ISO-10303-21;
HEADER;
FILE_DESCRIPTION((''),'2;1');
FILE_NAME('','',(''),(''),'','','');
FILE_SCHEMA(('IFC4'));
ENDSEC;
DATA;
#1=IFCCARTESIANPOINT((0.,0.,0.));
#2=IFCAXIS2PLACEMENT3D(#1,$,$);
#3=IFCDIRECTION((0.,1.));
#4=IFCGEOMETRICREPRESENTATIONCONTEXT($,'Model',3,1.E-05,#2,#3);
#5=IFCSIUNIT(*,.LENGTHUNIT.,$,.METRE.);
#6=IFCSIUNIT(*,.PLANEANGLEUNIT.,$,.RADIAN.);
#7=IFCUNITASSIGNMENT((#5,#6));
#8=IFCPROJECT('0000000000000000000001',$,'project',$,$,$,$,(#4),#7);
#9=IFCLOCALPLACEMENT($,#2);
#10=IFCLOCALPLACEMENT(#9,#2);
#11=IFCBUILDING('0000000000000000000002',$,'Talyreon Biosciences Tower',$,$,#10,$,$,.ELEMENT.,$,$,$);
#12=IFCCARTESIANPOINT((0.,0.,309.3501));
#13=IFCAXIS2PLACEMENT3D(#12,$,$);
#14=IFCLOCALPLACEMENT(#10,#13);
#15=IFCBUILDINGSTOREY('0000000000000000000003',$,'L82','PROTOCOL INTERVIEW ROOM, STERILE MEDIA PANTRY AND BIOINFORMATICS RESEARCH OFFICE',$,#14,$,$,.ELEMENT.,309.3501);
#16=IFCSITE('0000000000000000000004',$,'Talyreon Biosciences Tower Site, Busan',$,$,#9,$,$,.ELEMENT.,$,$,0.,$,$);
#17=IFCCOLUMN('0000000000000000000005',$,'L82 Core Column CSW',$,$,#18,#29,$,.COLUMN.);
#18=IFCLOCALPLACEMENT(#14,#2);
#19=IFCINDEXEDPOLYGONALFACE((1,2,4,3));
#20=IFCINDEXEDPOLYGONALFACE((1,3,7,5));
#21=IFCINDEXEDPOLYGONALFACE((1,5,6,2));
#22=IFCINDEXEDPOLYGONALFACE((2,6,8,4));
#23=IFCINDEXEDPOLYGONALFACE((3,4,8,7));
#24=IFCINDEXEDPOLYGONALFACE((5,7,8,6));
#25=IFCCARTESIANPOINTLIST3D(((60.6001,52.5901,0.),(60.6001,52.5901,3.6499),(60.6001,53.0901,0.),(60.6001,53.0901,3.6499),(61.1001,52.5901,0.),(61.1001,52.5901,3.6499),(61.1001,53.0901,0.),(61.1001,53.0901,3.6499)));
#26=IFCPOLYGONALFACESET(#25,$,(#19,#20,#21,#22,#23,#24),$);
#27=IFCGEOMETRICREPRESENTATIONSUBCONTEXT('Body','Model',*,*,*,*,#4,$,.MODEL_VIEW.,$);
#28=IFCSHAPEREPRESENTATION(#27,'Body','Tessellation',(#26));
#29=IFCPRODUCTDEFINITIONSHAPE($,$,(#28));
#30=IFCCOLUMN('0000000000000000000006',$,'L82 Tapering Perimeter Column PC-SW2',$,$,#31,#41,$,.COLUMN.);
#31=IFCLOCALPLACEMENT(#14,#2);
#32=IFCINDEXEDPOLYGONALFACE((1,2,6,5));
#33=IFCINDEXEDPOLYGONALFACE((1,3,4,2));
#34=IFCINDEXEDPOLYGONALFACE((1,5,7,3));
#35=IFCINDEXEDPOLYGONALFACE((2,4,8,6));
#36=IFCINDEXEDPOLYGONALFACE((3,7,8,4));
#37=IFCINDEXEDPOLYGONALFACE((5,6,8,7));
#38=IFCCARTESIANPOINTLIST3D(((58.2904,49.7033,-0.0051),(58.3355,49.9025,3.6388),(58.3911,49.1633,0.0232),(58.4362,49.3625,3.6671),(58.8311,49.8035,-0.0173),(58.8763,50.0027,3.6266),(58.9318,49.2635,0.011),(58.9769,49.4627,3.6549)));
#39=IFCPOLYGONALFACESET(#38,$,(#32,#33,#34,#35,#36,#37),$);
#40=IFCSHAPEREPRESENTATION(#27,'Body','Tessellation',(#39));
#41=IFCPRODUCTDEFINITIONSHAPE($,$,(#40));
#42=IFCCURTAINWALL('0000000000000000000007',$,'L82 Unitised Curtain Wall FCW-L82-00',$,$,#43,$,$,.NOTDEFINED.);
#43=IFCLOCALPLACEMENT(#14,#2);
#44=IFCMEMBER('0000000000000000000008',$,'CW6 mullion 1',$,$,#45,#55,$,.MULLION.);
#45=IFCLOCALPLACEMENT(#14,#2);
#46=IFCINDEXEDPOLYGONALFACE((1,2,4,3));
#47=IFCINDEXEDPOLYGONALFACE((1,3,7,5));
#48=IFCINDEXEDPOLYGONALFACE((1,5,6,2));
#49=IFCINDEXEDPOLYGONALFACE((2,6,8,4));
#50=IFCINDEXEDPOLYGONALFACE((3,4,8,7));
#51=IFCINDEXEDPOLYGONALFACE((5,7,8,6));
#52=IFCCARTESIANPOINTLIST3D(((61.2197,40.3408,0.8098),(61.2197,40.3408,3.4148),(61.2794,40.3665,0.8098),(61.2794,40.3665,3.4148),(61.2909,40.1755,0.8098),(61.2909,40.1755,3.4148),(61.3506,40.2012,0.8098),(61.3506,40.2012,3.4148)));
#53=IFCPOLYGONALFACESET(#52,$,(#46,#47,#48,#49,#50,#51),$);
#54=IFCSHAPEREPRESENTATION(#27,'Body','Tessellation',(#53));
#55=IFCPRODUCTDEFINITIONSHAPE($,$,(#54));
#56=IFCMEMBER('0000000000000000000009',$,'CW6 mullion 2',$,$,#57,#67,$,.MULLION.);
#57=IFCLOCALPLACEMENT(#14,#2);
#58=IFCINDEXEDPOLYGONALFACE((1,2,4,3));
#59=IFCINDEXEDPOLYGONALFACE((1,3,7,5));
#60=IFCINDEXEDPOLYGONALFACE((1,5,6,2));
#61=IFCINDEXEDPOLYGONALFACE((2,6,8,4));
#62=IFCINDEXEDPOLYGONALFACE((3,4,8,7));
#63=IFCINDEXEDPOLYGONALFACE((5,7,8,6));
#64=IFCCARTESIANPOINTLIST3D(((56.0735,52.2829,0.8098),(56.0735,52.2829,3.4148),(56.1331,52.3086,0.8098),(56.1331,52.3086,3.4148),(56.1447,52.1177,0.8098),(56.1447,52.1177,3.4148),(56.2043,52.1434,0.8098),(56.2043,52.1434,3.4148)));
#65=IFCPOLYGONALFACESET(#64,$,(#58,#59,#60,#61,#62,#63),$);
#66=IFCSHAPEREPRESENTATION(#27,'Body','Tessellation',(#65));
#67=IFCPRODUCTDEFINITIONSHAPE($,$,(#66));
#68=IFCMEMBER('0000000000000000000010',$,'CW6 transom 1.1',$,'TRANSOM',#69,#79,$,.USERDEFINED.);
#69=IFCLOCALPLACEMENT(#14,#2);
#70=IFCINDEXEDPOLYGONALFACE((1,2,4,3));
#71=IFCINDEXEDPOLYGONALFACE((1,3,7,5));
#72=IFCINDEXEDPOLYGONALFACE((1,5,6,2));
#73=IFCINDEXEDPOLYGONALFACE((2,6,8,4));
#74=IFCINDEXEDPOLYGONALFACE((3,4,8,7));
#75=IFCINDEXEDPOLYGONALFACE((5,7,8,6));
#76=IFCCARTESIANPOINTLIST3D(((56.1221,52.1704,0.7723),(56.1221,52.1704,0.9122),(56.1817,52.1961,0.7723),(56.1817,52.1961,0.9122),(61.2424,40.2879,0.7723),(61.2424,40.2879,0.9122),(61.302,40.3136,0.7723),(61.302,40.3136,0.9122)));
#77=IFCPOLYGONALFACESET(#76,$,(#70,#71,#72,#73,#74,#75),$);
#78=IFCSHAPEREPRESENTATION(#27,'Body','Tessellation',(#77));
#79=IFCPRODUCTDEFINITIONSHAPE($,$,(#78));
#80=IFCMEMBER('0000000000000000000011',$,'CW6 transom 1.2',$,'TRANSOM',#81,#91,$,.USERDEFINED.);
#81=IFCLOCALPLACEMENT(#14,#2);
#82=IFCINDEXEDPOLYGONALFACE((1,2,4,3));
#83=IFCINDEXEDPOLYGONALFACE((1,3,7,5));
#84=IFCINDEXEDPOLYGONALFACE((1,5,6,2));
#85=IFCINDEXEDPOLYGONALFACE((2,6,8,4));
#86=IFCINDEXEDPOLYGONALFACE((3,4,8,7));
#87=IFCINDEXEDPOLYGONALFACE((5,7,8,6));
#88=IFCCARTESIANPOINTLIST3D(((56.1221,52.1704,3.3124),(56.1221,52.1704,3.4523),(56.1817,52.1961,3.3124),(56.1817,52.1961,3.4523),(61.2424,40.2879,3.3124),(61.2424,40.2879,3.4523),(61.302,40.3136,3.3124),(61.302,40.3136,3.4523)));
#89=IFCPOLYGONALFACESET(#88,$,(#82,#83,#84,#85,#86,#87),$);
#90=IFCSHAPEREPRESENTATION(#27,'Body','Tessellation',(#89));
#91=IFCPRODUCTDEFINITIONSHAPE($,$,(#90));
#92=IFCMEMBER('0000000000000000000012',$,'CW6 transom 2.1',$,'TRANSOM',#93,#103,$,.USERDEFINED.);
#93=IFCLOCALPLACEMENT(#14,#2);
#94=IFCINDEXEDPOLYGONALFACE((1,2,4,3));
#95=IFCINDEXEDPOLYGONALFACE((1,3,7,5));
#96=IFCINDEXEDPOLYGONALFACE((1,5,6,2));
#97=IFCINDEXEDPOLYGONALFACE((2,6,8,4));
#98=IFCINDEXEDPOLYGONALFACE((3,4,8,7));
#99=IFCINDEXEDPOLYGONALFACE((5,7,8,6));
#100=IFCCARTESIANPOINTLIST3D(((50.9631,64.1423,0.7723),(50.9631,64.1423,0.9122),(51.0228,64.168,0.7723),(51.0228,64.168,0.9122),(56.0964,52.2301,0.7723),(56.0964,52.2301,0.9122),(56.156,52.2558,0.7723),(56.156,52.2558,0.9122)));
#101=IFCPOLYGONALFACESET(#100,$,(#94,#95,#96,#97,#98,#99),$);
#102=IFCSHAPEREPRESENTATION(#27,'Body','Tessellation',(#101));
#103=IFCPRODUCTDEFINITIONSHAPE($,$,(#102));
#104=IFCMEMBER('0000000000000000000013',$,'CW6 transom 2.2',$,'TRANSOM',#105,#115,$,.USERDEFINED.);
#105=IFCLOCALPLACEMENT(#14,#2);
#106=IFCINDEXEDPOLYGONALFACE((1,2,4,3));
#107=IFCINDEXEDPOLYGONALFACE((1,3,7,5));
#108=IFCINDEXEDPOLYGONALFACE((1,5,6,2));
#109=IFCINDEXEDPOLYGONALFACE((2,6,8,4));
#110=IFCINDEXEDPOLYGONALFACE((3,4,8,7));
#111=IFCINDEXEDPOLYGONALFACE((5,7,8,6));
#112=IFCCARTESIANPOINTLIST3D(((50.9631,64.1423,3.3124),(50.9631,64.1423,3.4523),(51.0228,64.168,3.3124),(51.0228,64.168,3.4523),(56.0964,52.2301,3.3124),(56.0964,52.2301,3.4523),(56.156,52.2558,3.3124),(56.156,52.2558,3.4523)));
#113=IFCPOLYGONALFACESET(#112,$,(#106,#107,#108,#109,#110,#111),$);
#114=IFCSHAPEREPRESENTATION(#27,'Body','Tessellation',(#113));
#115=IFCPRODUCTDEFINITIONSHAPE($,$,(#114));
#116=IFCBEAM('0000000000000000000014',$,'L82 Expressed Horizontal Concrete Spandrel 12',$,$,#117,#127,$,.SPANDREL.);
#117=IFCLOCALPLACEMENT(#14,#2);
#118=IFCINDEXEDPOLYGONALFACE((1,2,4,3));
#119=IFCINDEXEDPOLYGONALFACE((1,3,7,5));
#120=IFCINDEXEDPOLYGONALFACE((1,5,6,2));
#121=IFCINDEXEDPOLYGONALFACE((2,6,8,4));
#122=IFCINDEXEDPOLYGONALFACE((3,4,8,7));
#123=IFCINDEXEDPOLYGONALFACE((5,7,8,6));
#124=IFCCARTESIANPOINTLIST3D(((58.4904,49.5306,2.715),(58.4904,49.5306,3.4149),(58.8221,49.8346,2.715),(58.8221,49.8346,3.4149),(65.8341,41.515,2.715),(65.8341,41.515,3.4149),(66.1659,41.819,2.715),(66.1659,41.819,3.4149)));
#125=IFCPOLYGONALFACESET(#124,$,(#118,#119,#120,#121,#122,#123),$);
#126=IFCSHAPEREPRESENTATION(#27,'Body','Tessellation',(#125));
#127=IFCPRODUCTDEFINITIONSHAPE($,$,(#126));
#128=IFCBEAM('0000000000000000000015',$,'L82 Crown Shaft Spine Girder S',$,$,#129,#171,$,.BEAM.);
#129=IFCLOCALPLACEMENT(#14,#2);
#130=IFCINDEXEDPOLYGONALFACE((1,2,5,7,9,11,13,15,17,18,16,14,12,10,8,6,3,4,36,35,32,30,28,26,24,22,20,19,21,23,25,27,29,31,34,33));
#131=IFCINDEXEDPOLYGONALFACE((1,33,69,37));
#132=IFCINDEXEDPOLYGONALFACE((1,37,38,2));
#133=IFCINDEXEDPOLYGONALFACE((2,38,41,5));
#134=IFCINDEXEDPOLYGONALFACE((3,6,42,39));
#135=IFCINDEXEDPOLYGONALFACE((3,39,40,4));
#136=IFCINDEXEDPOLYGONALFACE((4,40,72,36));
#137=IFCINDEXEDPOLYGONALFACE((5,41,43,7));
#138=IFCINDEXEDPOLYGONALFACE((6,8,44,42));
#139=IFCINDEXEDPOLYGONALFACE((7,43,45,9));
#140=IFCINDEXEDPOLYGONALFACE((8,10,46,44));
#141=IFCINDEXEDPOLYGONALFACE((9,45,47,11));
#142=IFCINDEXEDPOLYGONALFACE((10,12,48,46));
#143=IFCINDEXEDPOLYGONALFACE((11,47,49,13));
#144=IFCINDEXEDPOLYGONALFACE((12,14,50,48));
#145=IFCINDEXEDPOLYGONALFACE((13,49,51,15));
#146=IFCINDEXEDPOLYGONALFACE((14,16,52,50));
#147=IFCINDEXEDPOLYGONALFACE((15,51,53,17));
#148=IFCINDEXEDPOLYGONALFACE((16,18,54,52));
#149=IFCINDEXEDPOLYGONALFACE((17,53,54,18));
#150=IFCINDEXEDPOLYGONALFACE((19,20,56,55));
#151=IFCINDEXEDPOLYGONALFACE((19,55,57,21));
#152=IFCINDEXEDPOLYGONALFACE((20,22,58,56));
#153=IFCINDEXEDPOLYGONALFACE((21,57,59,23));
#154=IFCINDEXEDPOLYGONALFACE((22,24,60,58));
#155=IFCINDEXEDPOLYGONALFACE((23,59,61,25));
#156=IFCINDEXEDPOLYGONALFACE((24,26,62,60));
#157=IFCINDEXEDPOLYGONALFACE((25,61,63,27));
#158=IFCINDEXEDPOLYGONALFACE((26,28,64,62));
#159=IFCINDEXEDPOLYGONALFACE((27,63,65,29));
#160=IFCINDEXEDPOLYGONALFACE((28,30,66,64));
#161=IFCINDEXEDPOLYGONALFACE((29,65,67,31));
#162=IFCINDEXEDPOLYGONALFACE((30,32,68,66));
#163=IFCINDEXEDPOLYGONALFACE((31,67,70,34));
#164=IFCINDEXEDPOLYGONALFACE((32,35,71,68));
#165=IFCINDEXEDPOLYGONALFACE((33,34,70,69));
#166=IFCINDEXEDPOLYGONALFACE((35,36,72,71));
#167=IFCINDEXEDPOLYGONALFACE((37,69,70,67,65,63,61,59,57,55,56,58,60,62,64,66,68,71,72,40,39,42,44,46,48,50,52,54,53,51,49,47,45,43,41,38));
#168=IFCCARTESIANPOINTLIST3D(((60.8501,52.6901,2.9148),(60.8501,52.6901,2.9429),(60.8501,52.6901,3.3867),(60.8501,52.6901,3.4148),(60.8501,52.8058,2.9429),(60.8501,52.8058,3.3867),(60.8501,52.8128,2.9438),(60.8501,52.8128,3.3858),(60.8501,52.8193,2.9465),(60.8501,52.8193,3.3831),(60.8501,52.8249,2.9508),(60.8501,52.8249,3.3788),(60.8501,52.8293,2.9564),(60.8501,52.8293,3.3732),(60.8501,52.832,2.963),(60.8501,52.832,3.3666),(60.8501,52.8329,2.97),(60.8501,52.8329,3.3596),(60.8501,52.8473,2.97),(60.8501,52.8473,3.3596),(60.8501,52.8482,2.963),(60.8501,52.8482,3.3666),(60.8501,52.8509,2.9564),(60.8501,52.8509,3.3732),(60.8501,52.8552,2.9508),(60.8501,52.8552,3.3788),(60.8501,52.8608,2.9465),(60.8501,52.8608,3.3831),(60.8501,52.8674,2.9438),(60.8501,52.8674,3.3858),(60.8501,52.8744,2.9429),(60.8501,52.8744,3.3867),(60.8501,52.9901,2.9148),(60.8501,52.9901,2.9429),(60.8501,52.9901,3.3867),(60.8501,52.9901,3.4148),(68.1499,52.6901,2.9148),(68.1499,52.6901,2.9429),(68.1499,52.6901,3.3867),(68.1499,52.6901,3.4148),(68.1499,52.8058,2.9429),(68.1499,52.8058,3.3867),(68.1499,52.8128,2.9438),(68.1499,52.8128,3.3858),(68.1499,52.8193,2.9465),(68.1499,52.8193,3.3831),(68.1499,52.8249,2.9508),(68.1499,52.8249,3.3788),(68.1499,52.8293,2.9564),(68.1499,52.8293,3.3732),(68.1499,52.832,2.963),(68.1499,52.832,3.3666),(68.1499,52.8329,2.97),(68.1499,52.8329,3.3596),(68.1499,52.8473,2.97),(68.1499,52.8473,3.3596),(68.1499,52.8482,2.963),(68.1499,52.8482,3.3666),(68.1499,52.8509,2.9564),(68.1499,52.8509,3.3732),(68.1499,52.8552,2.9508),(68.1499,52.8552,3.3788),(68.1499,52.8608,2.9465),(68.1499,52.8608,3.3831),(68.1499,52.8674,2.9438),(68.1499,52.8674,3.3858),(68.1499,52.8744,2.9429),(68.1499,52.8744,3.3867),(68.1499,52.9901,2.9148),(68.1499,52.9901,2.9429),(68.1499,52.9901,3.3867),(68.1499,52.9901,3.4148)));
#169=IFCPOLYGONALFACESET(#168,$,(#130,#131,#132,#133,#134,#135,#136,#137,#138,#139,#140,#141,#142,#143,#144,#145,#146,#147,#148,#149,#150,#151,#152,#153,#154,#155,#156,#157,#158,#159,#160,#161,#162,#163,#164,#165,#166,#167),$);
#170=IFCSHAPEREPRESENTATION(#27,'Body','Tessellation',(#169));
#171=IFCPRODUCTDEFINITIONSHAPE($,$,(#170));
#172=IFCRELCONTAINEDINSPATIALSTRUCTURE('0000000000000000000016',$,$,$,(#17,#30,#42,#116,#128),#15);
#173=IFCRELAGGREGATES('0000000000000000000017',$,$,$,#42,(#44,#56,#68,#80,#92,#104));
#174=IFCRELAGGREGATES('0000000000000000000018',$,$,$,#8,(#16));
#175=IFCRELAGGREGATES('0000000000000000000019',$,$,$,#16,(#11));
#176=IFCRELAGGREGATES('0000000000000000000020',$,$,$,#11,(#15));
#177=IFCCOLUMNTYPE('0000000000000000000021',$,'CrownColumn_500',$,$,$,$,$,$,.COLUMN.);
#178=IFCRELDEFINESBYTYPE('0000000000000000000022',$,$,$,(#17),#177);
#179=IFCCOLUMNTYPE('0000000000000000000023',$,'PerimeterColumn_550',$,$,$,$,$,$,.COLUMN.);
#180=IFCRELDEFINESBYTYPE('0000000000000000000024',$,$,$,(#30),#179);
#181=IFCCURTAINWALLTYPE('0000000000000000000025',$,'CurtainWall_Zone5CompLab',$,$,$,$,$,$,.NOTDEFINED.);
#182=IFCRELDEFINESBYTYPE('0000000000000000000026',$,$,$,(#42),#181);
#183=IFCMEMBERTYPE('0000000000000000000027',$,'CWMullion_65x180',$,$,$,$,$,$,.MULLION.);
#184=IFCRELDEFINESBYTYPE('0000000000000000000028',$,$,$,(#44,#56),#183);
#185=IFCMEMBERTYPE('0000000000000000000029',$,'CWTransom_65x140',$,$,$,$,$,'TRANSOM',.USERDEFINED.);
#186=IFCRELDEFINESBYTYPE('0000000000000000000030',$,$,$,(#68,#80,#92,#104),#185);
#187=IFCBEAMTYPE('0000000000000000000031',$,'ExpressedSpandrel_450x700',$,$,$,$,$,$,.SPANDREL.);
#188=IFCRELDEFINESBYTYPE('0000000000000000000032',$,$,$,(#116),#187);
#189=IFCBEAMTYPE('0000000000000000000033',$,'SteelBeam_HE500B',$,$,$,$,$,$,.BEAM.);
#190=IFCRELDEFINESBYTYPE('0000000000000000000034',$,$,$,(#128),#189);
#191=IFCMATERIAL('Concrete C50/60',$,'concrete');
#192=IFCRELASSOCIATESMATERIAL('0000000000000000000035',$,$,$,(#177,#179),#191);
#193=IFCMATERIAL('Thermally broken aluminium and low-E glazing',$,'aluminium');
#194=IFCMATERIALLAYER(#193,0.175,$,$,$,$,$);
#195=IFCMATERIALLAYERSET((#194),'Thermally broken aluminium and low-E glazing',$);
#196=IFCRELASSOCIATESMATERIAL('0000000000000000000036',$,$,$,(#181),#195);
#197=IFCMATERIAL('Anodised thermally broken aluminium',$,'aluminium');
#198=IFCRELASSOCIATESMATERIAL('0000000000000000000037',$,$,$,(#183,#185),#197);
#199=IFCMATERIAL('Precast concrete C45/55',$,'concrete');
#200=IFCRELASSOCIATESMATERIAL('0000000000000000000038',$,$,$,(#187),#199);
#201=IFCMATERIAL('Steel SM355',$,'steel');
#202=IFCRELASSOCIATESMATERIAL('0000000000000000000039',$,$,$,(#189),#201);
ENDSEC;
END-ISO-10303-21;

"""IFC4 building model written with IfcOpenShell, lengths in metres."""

from ifc_helpers import new_model, si_unit, direction, frame, origin, origin_2d, place, context, subcontext, project, spatial, rectangle, i_section, extrude, material, layer, layer_set, material_profile, profile_set, type_object, element, aggregate, save


model = new_model("IFC4")

# Units and contexts
model_context = context("Model", 3, precision=1e-05, world=origin(), true_north=direction((0.0, 1.0)))
body_context = subcontext(model_context, "Body", "Model", "MODEL_VIEW")
ifc_project = project(units=[si_unit("LENGTHUNIT", "METRE"), si_unit("PLANEANGLEUNIT", "RADIAN")], contexts=[model_context])

# Site, building, storey
site_placement = place(None, origin())
site = spatial("IfcSite", under=ifc_project, at=site_placement, Name="Talyreon Biosciences Tower Site, Busan", CompositionType="ELEMENT", RefElevation=0.0)
building_placement = place(site_placement, origin())
building = spatial("IfcBuilding", under=site, at=building_placement, Name="Talyreon Biosciences Tower", CompositionType="ELEMENT")
storey_placement = place(building_placement, frame((0.0, 0.0, 309.3501)))
storey = spatial("IfcBuildingStorey", under=building, at=storey_placement, Name="L82", Description="PROTOCOL INTERVIEW ROOM, STERILE MEDIA PANTRY AND BIOINFORMATICS RESEARCH OFFICE", CompositionType="ELEMENT", Elevation=309.3501)

# Columns
ifc_material_1 = material(Name="Concrete C50/60", Category="concrete")
ifc_material_profile_1 = material_profile(ifc_material_1, rectangle(XDim=0.5, YDim=0.5, at=origin_2d()), Name="RC 500x500")
ifc_profile_set_1 = profile_set([ifc_material_profile_1], Name="Concrete C50/60")
column_type_1 = type_object("IfcColumnType", Name="CrownColumn_500", PredefinedType="COLUMN", material=ifc_profile_set_1)
column_1_placement = place(storey_placement, frame((60.8501, 52.8401, 0.0), z_axis=(0.0, 0.0, 1.0), x_axis=(1.0, 0.0, 0.0)))
element("IfcColumn", 1, at=column_1_placement, inside=storey, type_object=column_type_1, Name="L82 Core Column CSW", PredefinedType="COLUMN", context=body_context, shape_type="SweptSolid", body=[
    extrude(rectangle(XDim=0.5, YDim=0.5, at=origin_2d()), origin(), (0.0, 0.0, 1.0), 3.6499),
])
ifc_material_profile_2 = material_profile(ifc_material_1, rectangle(XDim=0.55, YDim=0.55, at=origin_2d()), Name="RC 550x550")
ifc_profile_set_2 = profile_set([ifc_material_profile_2], Name="Concrete C50/60")
column_type_2 = type_object("IfcColumnType", Name="PerimeterColumn_550", PredefinedType="COLUMN", material=ifc_profile_set_2)
column_2_placement = place(storey_placement, frame((58.6111, 49.4834, 0.0029), z_axis=(0.012375, 0.054584, 0.998432), x_axis=(-0.183053, 0.981758, -0.051404)))
element("IfcColumn", 2, at=column_2_placement, inside=storey, type_object=column_type_2, Name="L82 Tapering Perimeter Column PC-SW2", PredefinedType="COLUMN", context=body_context, shape_type="SweptSolid", body=[
    extrude(rectangle(XDim=0.55, YDim=0.55, at=origin_2d()), origin(), (0.0, 0.0, 1.0), 3.6497),
])

# Curtain wall, members
ifc_material_2 = material(Name="Thermally broken aluminium and low-E glazing", Category="aluminium")
ifc_layer_1 = layer(ifc_material_2, 0.175)
ifc_layer_set_1 = layer_set([ifc_layer_1], Name="Thermally broken aluminium and low-E glazing")
curtain_wall_type = type_object("IfcCurtainWallType", Name="CurtainWall_Zone5CompLab", PredefinedType="NOTDEFINED", material=ifc_layer_set_1)
curtain_wall_placement = place(storey_placement, origin())
curtain_wall = element("IfcCurtainWall", 3, at=curtain_wall_placement, inside=storey, type_object=curtain_wall_type, Name="L82 Unitised Curtain Wall FCW-L82-00", PredefinedType="NOTDEFINED")
ifc_material_3 = material(Name="Anodised thermally broken aluminium", Category="aluminium")
ifc_material_profile_3 = material_profile(ifc_material_3, rectangle(XDim=0.0649, YDim=0.1799, at=origin_2d()), Name="ALUM MULLION 65x180")
ifc_profile_set_3 = profile_set([ifc_material_profile_3], Name="Anodised thermally broken aluminium")
member_type_1 = type_object("IfcMemberType", Name="CWMullion_65x180", PredefinedType="MULLION", material=ifc_profile_set_3)
member_1_placement = place(storey_placement, frame((61.2852, 40.271, 0.8098), z_axis=(0.0, 0.0, 1.0), x_axis=(-0.918363, -0.395738, 0.0)))
member_1 = element("IfcMember", 4, at=member_1_placement, type_object=member_type_1, Name="CW6 mullion 1", PredefinedType="MULLION", context=body_context, shape_type="SweptSolid", body=[
    extrude(rectangle(XDim=0.0649, YDim=0.1799, at=origin_2d()), origin(), (0.0, 0.0, 1.0), 2.605),
])
member_2_placement = place(storey_placement, frame((56.1389, 52.2131, 0.8098), z_axis=(0.0, 0.0, 1.0), x_axis=(-0.918363, -0.395738, 0.0)))
member_2 = element("IfcMember", 5, at=member_2_placement, type_object=member_type_1, Name="CW6 mullion 2", PredefinedType="MULLION", context=body_context, shape_type="SweptSolid", body=[
    extrude(rectangle(XDim=0.0649, YDim=0.1799, at=origin_2d()), origin(), (0.0, 0.0, 1.0), 2.605),
])
ifc_material_profile_4 = material_profile(ifc_material_3, rectangle(XDim=0.0649, YDim=0.1399, at=origin_2d()), Name="ALUM TRANSOM 65x140")
ifc_profile_set_4 = profile_set([ifc_material_profile_4], Name="Anodised thermally broken aluminium")
member_type_2 = type_object("IfcMemberType", Name="CWTransom_65x140", ElementType="TRANSOM", PredefinedType="USERDEFINED", material=ifc_profile_set_4)
member_3_placement = place(storey_placement, frame((61.2722, 40.3008, 0.8423), z_axis=(-0.395736, 0.918364, 0.0), x_axis=(-0.918364, -0.395736, 0.0)))
member_3 = element("IfcMember", 6, at=member_3_placement, type_object=member_type_2, Name="CW6 transom 1.1", ObjectType="TRANSOM", PredefinedType="USERDEFINED", context=body_context, shape_type="SweptSolid", body=[
    extrude(rectangle(XDim=0.0649, YDim=0.1399, at=origin_2d()), origin(), (0.0, 0.0, 1.0), 12.9387),
])
member_4_placement = place(storey_placement, frame((61.2722, 40.3008, 3.3823), z_axis=(-0.395736, 0.918364, 0.0), x_axis=(-0.918364, -0.395736, 0.0)))
member_4 = element("IfcMember", 7, at=member_4_placement, type_object=member_type_2, Name="CW6 transom 1.2", ObjectType="TRANSOM", PredefinedType="USERDEFINED", context=body_context, shape_type="SweptSolid", body=[
    extrude(rectangle(XDim=0.0649, YDim=0.1399, at=origin_2d()), origin(), (0.0, 0.0, 1.0), 12.9387),
])
member_5_placement = place(storey_placement, frame((56.1262, 52.2429, 0.8423), z_axis=(-0.395743, 0.918361, 0.0), x_axis=(-0.918361, -0.395743, 0.0)))
member_5 = element("IfcMember", 8, at=member_5_placement, type_object=member_type_2, Name="CW6 transom 2.1", ObjectType="TRANSOM", PredefinedType="USERDEFINED", context=body_context, shape_type="SweptSolid", body=[
    extrude(rectangle(XDim=0.0649, YDim=0.1399, at=origin_2d()), origin(), (0.0, 0.0, 1.0), 12.9712),
])
member_6_placement = place(storey_placement, frame((56.1262, 52.2429, 3.3823), z_axis=(-0.395743, 0.918361, 0.0), x_axis=(-0.918361, -0.395743, 0.0)))
member_6 = element("IfcMember", 9, at=member_6_placement, type_object=member_type_2, Name="CW6 transom 2.2", ObjectType="TRANSOM", PredefinedType="USERDEFINED", context=body_context, shape_type="SweptSolid", body=[
    extrude(rectangle(XDim=0.0649, YDim=0.1399, at=origin_2d()), origin(), (0.0, 0.0, 1.0), 12.9712),
])

# Beams
ifc_material_4 = material(Name="Precast concrete C45/55", Category="concrete")
ifc_material_profile_5 = material_profile(ifc_material_4, rectangle(XDim=0.45, YDim=0.7, at=origin_2d()), Name="RCB 450x700")
ifc_profile_set_5 = profile_set([ifc_material_profile_5], Name="Precast concrete C45/55")
beam_type_1 = type_object("IfcBeamType", Name="ExpressedSpandrel_450x700", PredefinedType="SPANDREL", material=ifc_profile_set_5)
beam_1_placement = place(storey_placement, frame((58.6562, 49.6826, 3.0649), z_axis=(0.675529, -0.737333, 0.0), x_axis=(0.737333, 0.675529, 0.0)))
element("IfcBeam", 10, at=beam_1_placement, inside=storey, type_object=beam_type_1, Name="L82 Expressed Horizontal Concrete Spandrel 12", PredefinedType="SPANDREL", context=body_context, shape_type="SweptSolid", body=[
    extrude(rectangle(XDim=0.45, YDim=0.7, at=origin_2d()), origin(), (0.0, 0.0, 1.0), 10.8711),
])
ifc_material_5 = material(Name="Steel SM355", Category="steel")
ifc_material_profile_6 = material_profile(ifc_material_5, i_section(OverallWidth=0.3, OverallDepth=0.5, WebThickness=0.0144, FlangeThickness=0.0281, FilletRadius=0.0271, at=origin_2d()), Name="HE500B")
ifc_profile_set_6 = profile_set([ifc_material_profile_6], Name="Steel SM355")
beam_type_2 = type_object("IfcBeamType", Name="SteelBeam_HE500B", PredefinedType="BEAM", material=ifc_profile_set_6)
beam_2_placement = place(storey_placement, frame((60.8501, 52.8401, 3.1648), z_axis=(1.0, 0.0, 0.0), x_axis=(0.0, 1.0, 0.0)))
element("IfcBeam", 11, at=beam_2_placement, inside=storey, type_object=beam_type_2, Name="L82 Crown Shaft Spine Girder S", PredefinedType="BEAM", context=body_context, shape_type="SweptSolid", body=[
    extrude(i_section(OverallWidth=0.3, OverallDepth=0.5, WebThickness=0.0144, FlangeThickness=0.0281, FilletRadius=0.0271, at=origin_2d()), origin(), (0.0, 0.0, 1.0), 7.2998),
])

aggregate(curtain_wall, [member_1, member_2, member_3, member_4, member_5, member_6])

save(model, "model.ifc")
